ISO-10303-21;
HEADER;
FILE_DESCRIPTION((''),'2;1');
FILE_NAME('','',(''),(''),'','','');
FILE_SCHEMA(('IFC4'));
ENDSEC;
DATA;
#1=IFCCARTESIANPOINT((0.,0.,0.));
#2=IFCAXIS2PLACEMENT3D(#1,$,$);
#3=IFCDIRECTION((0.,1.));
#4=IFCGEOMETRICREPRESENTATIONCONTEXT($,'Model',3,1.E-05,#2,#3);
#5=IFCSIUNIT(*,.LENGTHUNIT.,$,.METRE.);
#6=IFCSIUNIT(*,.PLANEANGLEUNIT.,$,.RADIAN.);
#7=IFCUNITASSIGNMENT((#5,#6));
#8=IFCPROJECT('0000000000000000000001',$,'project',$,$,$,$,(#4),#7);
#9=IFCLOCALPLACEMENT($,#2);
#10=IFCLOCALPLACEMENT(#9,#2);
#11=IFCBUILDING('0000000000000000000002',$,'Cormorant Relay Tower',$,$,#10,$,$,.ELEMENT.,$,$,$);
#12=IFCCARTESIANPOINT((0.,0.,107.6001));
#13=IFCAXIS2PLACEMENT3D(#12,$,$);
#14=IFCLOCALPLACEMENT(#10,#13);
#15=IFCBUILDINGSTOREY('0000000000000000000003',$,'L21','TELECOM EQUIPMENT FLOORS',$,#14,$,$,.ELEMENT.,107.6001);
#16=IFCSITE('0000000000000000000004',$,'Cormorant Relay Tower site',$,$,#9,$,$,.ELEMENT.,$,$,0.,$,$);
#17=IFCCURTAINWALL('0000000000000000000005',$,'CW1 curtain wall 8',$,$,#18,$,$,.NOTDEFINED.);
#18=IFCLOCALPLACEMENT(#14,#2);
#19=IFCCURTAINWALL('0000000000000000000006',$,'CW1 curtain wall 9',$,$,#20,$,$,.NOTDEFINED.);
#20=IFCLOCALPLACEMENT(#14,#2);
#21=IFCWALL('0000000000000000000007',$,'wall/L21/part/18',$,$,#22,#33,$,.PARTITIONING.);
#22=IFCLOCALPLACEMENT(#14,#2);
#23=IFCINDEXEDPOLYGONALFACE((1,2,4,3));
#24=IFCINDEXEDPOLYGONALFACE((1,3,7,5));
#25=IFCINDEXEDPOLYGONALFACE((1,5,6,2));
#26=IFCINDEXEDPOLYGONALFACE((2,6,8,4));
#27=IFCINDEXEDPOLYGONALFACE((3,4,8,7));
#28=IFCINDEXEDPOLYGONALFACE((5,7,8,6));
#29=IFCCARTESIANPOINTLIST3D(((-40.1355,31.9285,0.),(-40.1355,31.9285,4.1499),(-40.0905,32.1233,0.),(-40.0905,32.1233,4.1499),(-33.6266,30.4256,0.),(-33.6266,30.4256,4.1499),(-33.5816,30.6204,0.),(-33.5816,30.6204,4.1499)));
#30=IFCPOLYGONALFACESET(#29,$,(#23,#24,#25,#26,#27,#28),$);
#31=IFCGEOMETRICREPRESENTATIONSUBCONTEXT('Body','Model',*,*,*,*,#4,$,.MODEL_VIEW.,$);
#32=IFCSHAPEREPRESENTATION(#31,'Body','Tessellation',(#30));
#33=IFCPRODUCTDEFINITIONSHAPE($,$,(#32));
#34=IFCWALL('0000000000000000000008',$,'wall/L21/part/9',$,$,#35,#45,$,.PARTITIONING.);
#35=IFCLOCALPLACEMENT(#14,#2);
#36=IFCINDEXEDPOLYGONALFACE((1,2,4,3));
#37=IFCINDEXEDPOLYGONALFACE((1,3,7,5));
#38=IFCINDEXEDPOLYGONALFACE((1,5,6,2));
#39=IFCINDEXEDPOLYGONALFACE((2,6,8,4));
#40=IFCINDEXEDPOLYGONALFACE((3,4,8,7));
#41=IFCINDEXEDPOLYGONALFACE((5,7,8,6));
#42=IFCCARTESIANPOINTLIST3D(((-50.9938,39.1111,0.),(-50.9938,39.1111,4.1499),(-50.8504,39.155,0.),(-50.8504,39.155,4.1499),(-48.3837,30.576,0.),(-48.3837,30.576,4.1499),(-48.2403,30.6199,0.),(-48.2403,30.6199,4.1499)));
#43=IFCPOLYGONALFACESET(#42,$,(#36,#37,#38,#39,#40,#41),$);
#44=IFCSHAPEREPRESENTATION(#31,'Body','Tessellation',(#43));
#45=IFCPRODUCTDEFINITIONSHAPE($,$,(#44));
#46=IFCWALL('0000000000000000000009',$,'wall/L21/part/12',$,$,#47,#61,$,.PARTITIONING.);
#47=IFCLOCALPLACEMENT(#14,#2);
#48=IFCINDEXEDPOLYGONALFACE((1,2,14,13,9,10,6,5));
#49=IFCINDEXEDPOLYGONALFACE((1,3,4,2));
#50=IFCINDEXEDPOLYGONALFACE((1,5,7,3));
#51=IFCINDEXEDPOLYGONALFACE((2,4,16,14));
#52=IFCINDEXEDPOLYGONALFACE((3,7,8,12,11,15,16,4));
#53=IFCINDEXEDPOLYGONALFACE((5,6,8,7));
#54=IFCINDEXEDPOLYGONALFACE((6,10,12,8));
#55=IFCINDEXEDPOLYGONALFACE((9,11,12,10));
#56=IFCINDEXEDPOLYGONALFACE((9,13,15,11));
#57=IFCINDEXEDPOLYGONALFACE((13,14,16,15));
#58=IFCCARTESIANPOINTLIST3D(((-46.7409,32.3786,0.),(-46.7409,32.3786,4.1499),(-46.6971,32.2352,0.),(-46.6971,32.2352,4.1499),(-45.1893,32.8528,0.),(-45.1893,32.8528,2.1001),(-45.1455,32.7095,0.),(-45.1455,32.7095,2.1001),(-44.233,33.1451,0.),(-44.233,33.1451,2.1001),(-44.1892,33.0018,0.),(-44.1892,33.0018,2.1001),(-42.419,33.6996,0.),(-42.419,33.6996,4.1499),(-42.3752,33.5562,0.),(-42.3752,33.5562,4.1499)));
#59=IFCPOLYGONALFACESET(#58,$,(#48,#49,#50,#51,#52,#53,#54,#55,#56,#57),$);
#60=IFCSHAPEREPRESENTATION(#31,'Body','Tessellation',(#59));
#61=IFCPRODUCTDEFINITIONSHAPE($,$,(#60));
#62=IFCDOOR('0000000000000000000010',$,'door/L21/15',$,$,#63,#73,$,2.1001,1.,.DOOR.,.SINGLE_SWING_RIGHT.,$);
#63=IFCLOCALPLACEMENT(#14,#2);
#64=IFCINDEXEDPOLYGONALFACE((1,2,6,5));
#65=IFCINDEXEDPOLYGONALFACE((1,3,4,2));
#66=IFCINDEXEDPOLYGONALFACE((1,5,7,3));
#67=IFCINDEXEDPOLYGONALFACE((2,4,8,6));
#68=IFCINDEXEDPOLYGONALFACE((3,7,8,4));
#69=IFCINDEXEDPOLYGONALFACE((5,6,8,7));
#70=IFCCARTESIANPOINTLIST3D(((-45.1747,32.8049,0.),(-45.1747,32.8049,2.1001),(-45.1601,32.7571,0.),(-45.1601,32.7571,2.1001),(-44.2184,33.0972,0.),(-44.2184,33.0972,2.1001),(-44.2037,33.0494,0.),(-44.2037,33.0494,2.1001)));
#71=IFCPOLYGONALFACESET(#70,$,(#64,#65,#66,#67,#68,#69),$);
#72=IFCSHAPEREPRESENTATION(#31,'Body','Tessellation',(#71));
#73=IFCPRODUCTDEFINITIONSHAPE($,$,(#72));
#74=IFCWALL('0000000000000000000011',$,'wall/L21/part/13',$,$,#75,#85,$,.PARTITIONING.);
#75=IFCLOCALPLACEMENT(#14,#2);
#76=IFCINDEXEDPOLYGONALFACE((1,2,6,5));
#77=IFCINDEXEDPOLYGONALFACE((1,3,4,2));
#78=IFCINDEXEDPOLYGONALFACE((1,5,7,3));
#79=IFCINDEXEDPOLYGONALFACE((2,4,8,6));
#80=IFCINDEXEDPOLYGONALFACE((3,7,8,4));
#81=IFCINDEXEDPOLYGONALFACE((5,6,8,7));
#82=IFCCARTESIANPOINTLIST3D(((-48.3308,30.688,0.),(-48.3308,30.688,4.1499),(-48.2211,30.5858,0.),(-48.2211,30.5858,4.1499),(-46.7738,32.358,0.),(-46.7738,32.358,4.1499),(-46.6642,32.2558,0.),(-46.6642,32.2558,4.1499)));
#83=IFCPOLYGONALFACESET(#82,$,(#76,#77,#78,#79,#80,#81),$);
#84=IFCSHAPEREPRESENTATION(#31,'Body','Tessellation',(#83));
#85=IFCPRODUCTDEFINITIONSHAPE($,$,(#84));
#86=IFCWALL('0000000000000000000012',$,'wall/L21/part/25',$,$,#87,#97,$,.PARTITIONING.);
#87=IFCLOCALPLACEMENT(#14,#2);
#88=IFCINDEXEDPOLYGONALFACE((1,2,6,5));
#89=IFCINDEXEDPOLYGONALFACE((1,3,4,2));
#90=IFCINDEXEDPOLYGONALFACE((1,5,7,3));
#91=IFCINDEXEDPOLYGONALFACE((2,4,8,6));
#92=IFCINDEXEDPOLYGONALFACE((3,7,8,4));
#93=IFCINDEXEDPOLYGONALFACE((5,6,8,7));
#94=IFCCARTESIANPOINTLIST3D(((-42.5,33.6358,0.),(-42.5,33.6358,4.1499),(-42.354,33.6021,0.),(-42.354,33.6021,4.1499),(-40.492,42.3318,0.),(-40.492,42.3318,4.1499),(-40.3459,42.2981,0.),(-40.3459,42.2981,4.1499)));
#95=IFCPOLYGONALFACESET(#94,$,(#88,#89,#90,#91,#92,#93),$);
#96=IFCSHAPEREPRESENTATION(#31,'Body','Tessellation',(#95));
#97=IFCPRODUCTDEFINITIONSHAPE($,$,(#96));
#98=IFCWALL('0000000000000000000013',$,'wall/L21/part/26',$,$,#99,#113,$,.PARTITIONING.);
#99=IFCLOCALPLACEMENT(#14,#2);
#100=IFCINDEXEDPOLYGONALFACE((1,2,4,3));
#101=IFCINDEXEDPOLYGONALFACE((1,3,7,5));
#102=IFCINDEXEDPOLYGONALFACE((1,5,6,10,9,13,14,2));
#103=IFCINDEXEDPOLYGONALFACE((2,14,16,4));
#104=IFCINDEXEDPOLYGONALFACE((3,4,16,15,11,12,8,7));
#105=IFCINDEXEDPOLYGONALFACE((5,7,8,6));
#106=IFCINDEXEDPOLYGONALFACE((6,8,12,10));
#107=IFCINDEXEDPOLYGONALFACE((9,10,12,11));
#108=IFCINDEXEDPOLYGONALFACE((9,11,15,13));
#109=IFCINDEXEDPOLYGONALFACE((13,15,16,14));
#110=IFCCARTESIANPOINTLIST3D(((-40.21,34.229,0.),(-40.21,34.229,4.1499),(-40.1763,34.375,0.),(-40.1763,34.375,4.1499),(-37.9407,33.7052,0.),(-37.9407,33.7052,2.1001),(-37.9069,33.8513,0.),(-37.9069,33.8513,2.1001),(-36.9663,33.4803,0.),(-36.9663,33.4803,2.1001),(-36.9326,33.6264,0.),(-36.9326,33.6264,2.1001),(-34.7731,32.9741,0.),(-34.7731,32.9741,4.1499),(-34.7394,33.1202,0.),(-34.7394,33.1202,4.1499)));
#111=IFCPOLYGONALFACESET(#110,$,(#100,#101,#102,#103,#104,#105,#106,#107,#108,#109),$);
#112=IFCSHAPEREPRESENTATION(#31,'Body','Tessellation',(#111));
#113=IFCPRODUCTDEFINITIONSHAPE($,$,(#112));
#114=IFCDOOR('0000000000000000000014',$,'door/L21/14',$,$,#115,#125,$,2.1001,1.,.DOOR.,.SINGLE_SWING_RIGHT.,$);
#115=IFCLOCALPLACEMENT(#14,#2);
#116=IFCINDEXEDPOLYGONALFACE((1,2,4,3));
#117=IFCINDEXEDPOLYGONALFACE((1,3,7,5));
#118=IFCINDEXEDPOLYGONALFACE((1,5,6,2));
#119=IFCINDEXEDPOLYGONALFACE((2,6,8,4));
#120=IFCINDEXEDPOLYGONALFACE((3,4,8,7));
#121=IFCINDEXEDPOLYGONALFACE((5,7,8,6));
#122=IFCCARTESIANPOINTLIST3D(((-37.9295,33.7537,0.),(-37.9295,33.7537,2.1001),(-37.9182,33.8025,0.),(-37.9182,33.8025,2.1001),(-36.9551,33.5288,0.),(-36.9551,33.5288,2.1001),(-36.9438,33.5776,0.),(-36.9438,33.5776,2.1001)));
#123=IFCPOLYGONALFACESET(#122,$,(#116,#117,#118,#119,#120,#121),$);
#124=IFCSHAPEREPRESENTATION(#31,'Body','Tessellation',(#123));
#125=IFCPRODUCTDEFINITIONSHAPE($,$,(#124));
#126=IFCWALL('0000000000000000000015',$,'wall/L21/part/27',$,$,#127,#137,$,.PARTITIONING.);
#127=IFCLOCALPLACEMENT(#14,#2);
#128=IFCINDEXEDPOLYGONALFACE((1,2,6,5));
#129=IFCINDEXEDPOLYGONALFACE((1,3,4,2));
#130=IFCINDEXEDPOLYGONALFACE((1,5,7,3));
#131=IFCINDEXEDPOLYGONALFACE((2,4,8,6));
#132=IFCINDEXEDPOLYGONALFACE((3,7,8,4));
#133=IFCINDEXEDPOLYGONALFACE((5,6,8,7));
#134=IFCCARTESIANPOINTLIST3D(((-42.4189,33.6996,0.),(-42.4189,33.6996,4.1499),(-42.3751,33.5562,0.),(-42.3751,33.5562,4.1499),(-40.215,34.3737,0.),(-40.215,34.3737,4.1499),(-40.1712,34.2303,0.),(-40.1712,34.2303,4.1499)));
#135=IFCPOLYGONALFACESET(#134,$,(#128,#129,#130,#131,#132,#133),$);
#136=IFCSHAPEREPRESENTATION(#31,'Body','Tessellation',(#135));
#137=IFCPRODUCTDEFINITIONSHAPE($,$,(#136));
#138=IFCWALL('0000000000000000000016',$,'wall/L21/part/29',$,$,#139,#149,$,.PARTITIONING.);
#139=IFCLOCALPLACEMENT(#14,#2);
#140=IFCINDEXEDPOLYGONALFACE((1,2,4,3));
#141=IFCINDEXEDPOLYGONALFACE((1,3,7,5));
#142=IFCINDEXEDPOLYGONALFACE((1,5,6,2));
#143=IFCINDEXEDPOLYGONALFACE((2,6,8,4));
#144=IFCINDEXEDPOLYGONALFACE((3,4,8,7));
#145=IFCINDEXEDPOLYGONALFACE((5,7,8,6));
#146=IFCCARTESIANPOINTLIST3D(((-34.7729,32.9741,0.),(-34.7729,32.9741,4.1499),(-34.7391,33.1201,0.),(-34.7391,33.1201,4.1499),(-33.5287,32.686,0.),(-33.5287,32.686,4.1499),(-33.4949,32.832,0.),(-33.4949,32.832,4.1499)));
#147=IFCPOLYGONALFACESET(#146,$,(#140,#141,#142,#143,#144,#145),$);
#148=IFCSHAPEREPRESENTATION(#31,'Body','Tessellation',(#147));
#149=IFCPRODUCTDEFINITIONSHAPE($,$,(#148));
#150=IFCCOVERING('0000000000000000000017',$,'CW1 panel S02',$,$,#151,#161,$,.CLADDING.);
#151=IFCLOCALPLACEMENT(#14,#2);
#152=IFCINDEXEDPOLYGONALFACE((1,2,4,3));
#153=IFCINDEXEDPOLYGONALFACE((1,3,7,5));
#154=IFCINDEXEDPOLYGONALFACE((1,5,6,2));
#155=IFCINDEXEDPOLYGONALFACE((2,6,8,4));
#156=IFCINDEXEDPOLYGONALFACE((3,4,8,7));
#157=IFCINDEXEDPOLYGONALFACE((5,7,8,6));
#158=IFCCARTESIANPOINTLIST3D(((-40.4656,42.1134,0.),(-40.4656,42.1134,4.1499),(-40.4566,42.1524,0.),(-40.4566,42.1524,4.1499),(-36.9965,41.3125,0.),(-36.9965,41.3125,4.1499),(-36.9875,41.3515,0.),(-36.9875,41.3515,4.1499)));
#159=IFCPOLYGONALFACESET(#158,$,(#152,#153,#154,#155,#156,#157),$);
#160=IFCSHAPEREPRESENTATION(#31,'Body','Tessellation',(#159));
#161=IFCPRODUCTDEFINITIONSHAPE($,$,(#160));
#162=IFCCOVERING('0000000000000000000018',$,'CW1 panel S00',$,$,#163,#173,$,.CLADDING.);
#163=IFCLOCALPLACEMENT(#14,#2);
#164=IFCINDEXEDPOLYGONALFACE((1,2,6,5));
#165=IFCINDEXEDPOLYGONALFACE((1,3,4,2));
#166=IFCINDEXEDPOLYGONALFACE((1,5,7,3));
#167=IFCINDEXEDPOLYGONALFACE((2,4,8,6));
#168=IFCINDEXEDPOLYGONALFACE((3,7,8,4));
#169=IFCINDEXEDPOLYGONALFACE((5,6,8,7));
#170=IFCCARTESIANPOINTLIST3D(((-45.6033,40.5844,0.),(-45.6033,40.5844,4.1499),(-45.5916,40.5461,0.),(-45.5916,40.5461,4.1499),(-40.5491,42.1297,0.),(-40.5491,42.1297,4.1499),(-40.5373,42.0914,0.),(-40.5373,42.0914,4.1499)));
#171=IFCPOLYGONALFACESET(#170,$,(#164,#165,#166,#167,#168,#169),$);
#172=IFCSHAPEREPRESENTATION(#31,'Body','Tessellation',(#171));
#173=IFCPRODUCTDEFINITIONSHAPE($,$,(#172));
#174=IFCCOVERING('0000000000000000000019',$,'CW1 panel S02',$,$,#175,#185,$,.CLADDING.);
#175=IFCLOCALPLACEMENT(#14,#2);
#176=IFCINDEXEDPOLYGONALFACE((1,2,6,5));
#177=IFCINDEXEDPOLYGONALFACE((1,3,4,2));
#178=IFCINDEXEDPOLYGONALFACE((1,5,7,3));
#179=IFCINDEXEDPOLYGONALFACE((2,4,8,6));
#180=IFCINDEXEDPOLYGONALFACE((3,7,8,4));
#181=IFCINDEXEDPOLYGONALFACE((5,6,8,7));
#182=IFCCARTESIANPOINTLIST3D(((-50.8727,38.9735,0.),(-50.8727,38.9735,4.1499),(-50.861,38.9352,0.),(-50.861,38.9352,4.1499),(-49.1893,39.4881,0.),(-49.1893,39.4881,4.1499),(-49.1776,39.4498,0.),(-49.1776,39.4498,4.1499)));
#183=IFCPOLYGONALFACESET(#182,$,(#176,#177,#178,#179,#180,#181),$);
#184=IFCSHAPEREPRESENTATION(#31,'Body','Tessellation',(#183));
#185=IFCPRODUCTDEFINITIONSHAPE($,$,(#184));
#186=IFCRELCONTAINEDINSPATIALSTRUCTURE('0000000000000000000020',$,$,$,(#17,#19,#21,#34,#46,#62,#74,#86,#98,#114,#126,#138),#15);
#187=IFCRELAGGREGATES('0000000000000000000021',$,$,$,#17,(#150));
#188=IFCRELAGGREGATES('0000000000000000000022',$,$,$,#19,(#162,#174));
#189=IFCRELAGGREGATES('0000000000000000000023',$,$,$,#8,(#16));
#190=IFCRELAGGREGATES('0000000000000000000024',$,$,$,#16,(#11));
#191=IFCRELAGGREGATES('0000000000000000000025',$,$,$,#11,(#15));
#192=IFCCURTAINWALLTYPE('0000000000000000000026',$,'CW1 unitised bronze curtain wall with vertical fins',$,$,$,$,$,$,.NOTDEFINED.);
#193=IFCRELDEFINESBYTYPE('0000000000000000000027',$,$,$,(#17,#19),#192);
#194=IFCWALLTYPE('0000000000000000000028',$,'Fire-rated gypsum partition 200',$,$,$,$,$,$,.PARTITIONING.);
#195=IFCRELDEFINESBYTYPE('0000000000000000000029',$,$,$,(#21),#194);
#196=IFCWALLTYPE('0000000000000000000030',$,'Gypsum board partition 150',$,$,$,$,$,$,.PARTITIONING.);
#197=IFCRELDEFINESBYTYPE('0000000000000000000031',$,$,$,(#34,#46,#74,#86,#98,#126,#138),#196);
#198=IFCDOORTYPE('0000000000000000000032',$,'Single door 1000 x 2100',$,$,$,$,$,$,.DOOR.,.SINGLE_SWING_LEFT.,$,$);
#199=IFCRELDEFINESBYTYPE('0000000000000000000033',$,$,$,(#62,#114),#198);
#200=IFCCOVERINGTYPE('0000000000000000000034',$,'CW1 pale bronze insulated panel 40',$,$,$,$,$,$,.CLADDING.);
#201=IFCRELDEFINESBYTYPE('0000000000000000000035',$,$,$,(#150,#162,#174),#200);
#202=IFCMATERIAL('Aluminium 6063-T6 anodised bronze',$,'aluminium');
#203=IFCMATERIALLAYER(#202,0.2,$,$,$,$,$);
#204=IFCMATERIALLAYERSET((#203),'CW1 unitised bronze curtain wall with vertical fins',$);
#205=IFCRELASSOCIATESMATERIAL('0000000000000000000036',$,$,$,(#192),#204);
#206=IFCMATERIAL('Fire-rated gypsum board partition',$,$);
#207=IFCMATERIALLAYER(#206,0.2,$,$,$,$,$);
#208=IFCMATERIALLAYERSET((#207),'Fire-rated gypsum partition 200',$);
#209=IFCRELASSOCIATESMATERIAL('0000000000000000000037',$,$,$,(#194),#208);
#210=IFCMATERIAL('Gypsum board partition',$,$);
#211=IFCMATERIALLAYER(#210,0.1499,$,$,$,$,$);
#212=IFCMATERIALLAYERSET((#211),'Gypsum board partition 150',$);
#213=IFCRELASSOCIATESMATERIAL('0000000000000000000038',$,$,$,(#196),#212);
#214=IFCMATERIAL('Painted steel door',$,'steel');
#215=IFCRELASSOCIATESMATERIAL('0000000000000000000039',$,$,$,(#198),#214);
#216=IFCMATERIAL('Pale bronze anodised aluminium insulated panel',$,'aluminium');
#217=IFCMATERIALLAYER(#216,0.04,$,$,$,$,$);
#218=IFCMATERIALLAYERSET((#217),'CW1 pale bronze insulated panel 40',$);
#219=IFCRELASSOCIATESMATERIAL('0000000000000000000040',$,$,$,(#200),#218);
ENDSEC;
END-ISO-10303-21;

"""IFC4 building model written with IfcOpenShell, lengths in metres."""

from ifc_helpers import new_model, si_unit, direction, frame, frame_2d, origin, origin_2d, place, context, subcontext, project, spatial, rectangle, extrude, material, layer, layer_set, type_object, element, fill, aggregate, save


model = new_model("IFC4")

# Units and contexts
model_context = context("Model", 3, precision=1e-05, world=origin(), true_north=direction((0.0, 1.0)))
body_context = subcontext(model_context, "Body", "Model", "MODEL_VIEW")
ifc_project = project(units=[si_unit("LENGTHUNIT", "METRE"), si_unit("PLANEANGLEUNIT", "RADIAN")], contexts=[model_context])

# Site, building, storey
site_placement = place(None, origin())
site = spatial("IfcSite", under=ifc_project, at=site_placement, Name="Cormorant Relay Tower site", CompositionType="ELEMENT", RefElevation=0.0)
building_placement = place(site_placement, origin())
building = spatial("IfcBuilding", under=site, at=building_placement, Name="Cormorant Relay Tower", CompositionType="ELEMENT")
storey_placement = place(building_placement, frame((0.0, 0.0, 107.6001)))
storey = spatial("IfcBuildingStorey", under=building, at=storey_placement, Name="L21", Description="TELECOM EQUIPMENT FLOORS", CompositionType="ELEMENT", Elevation=107.6001)

# Curtain wall
ifc_material_1 = material(Name="Aluminium 6063-T6 anodised bronze", Category="aluminium")
ifc_layer_1 = layer(ifc_material_1, 0.2)
ifc_layer_set_1 = layer_set([ifc_layer_1], Name="CW1 unitised bronze curtain wall with vertical fins")
curtain_wall_type = type_object("IfcCurtainWallType", Name="CW1 unitised bronze curtain wall with vertical fins", PredefinedType="NOTDEFINED", material=ifc_layer_set_1)
curtain_wall_1_placement = place(storey_placement, origin())
curtain_wall_1 = element("IfcCurtainWall", 1, at=curtain_wall_1_placement, inside=storey, type_object=curtain_wall_type, Name="CW1 curtain wall 8", PredefinedType="NOTDEFINED")

# Curtain wall
curtain_wall_2_placement = place(storey_placement, origin())
curtain_wall_2 = element("IfcCurtainWall", 2, at=curtain_wall_2_placement, inside=storey, type_object=curtain_wall_type, Name="CW1 curtain wall 9", PredefinedType="NOTDEFINED")

# Walls
ifc_material_2 = material(Name="Fire-rated gypsum board partition")
ifc_layer_2 = layer(ifc_material_2, 0.2)
ifc_layer_set_2 = layer_set([ifc_layer_2], Name="Fire-rated gypsum partition 200")
wall_type_1 = type_object("IfcWallType", Name="Fire-rated gypsum partition 200", PredefinedType="PARTITIONING", material=ifc_layer_set_2)
wall_1_placement = place(storey_placement, frame((-40.113, 32.0259, 0.0), z_axis=(0.0, 0.0, 1.0), x_axis=(0.974363, -0.22498, 0.0)))
element("IfcWall", 3, at=wall_1_placement, inside=storey, type_object=wall_type_1, Name="wall/L21/part/18", PredefinedType="PARTITIONING", context=body_context, shape_type="SweptSolid", body=[
    extrude(rectangle(XDim=6.6802, YDim=0.2, at=frame_2d((3.3401, 0.0))), origin(), (0.0, 0.0, 1.0), 4.1499),
])
ifc_material_3 = material(Name="Gypsum board partition")
ifc_layer_3 = layer(ifc_material_3, 0.1499)
ifc_layer_set_3 = layer_set([ifc_layer_3], Name="Gypsum board partition 150")
wall_type_2 = type_object("IfcWallType", Name="Gypsum board partition 150", PredefinedType="PARTITIONING", material=ifc_layer_set_3)
wall_2_placement = place(storey_placement, frame((-50.9221, 39.1331, 0.0), z_axis=(0.0, 0.0, 1.0), x_axis=(0.292438, -0.956284, 0.0)))
element("IfcWall", 4, at=wall_2_placement, inside=storey, type_object=wall_type_2, Name="wall/L21/part/9", PredefinedType="PARTITIONING", context=body_context, shape_type="SweptSolid", body=[
    extrude(rectangle(XDim=8.9253, YDim=0.1499, at=frame_2d((4.4626, 0.0))), origin(), (0.0, 0.0, 1.0), 4.1499),
])

# Wall, opening, door
wall_3_placement = place(storey_placement, frame((-42.397, 33.6279, 0.0), z_axis=(0.0, 0.0, 1.0), x_axis=(-0.956325, -0.292305, 0.0)))
wall_3 = element("IfcWall", 5, at=wall_3_placement, inside=storey, type_object=wall_type_2, Name="wall/L21/part/12", PredefinedType="PARTITIONING", context=body_context, shape_type="SweptSolid", body=[
    extrude(rectangle(XDim=4.5193, YDim=0.1499, at=frame_2d((2.2598, 0.0))), origin(), (0.0, 0.0, 1.0), 4.1499),
])
opening_1_placement = place(wall_3_placement, frame((1.897, 0.0, 0.0)))
opening_1 = element("IfcOpeningElement", 6, at=opening_1_placement, cuts=wall_3, PredefinedType="OPENING", context=body_context, shape_type="SweptSolid", body=[
    extrude(rectangle(XDim=1.0, YDim=2.1001, at=frame_2d((0.5, 1.05))), frame((0.0, 0.085, 0.0), z_axis=(0.0, -1.0, 0.0), x_axis=(1.0, 0.0, 0.0)), (0.0, 0.0, 1.0), 0.1699),
])
ifc_material_4 = material(Name="Painted steel door", Category="steel")
door_type = type_object("IfcDoorType", Name="Single door 1000 x 2100", OperationType="SINGLE_SWING_LEFT", PredefinedType="DOOR", material=ifc_material_4)
door_1_placement = place(opening_1_placement, frame((1.0, 0.0, 0.0), z_axis=(0.0, 0.0, 1.0), x_axis=(-1.0, 0.0, 0.0)))
door_1 = element("IfcDoor", 7, at=door_1_placement, inside=storey, type_object=door_type, Name="door/L21/15", OperationType="SINGLE_SWING_RIGHT", OverallHeight=2.1001, OverallWidth=1.0, PredefinedType="DOOR", context=body_context, shape_type="SweptSolid", body=[
    extrude(rectangle(XDim=1.0, YDim=2.1001, at=frame_2d((0.5, 1.05))), frame((0.0, 0.0249, 0.0), z_axis=(0.0, -1.0, 0.0), x_axis=(1.0, 0.0, 0.0)), (0.0, 0.0, 1.0), 0.05),
])
fill(opening_1, door_1)

# Walls
wall_4_placement = place(storey_placement, frame((-46.719, 32.3069, 0.0), z_axis=(0.0, 0.0, 1.0), x_axis=(-0.681918, -0.731429, 0.0)))
element("IfcWall", 8, at=wall_4_placement, inside=storey, type_object=wall_type_2, Name="wall/L21/part/13", PredefinedType="PARTITIONING", context=body_context, shape_type="SweptSolid", body=[
    extrude(rectangle(XDim=2.2832, YDim=0.1499, at=frame_2d((1.1416, 0.0))), origin(), (0.0, 0.0, 1.0), 4.1499),
])
wall_5_placement = place(storey_placement, frame((-40.4189, 42.3149, 0.0), z_axis=(0.0, 0.0, 1.0), x_axis=(-0.224995, -0.97436, 0.0)))
element("IfcWall", 9, at=wall_5_placement, inside=storey, type_object=wall_type_2, Name="wall/L21/part/25", PredefinedType="PARTITIONING", context=body_context, shape_type="SweptSolid", body=[
    extrude(rectangle(XDim=8.9248, YDim=0.1499, at=frame_2d((4.4624, 0.0))), origin(), (0.0, 0.0, 1.0), 4.1499),
])

# Wall, opening, door
wall_6_placement = place(storey_placement, frame((-34.7561, 33.0471, 0.0), z_axis=(0.0, 0.0, 1.0), x_axis=(-0.974384, 0.224891, 0.0)))
wall_6 = element("IfcWall", 10, at=wall_6_placement, inside=storey, type_object=wall_type_2, Name="wall/L21/part/26", PredefinedType="PARTITIONING", context=body_context, shape_type="SweptSolid", body=[
    extrude(rectangle(XDim=5.5798, YDim=0.1499, at=frame_2d((2.79, 0.0))), origin(), (0.0, 0.0, 1.0), 4.1499),
])
opening_2_placement = place(wall_6_placement, frame((2.251, 0.0, 0.0)))
opening_2 = element("IfcOpeningElement", 11, at=opening_2_placement, cuts=wall_6, PredefinedType="OPENING", context=body_context, shape_type="SweptSolid", body=[
    extrude(rectangle(XDim=1.0, YDim=2.1001, at=frame_2d((0.5, 1.05))), frame((0.0, 0.085, 0.0), z_axis=(0.0, -1.0, 0.0), x_axis=(1.0, 0.0, 0.0)), (0.0, 0.0, 1.0), 0.1699),
])
door_2_placement = place(opening_2_placement, frame((1.0, 0.0, 0.0), z_axis=(0.0, 0.0, 1.0), x_axis=(-1.0, 0.0, 0.0)))
door_2 = element("IfcDoor", 12, at=door_2_placement, inside=storey, type_object=door_type, Name="door/L21/14", OperationType="SINGLE_SWING_RIGHT", OverallHeight=2.1001, OverallWidth=1.0, PredefinedType="DOOR", context=body_context, shape_type="SweptSolid", body=[
    extrude(rectangle(XDim=1.0, YDim=2.1001, at=frame_2d((0.5, 1.05))), frame((0.0, 0.0249, 0.0), z_axis=(0.0, -1.0, 0.0), x_axis=(1.0, 0.0, 0.0)), (0.0, 0.0, 1.0), 0.05),
])
fill(opening_2, door_2)

# Walls
wall_7_placement = place(storey_placement, frame((-40.1931, 34.302, 0.0), z_axis=(0.0, 0.0, 1.0), x_axis=(-0.95627, -0.292485, 0.0)))
element("IfcWall", 13, at=wall_7_placement, inside=storey, type_object=wall_type_2, Name="wall/L21/part/27", PredefinedType="PARTITIONING", context=body_context, shape_type="SweptSolid", body=[
    extrude(rectangle(XDim=2.3047, YDim=0.1499, at=frame_2d((1.1523, 0.0))), origin(), (0.0, 0.0, 1.0), 4.1499),
])
wall_8_placement = place(storey_placement, frame((-34.7561, 33.0471, 0.0), z_axis=(0.0, 0.0, 1.0), x_axis=(0.974223, -0.225585, 0.0)))
element("IfcWall", 14, at=wall_8_placement, inside=storey, type_object=wall_type_2, Name="wall/L21/part/29", PredefinedType="PARTITIONING", context=body_context, shape_type="SweptSolid", body=[
    extrude(rectangle(XDim=1.2771, YDim=0.1499, at=frame_2d((0.6387, 0.0))), origin(), (0.0, 0.0, 1.0), 4.1499),
])

# Coverings
ifc_material_5 = material(Name="Pale bronze anodised aluminium insulated panel", Category="aluminium")
ifc_layer_4 = layer(ifc_material_5, 0.04)
ifc_layer_set_4 = layer_set([ifc_layer_4], Name="CW1 pale bronze insulated panel 40")
covering_type = type_object("IfcCoveringType", Name="CW1 pale bronze insulated panel 40", PredefinedType="CLADDING", material=ifc_layer_set_4)
covering_1_placement = place(storey_placement, frame((-38.7266, 41.7324, 0.0), z_axis=(0.0, 0.0, 1.0), x_axis=(-0.97437, 0.224951, 0.0)))
covering_1 = element("IfcCovering", 15, at=covering_1_placement, type_object=covering_type, Name="CW1 panel S02", PredefinedType="CLADDING", context=body_context, shape_type="SweptSolid", body=[
    extrude(rectangle(XDim=3.5603, YDim=0.04, at=origin_2d()), origin(), (0.0, 0.0, 1.0), 4.1499),
])
aggregate(curtain_wall_1, [covering_1])
covering_2_placement = place(storey_placement, frame((-43.0703, 41.3379, 0.0), z_axis=(0.0, 0.0, 1.0), x_axis=(-0.956305, -0.292372, 0.0)))
covering_2 = element("IfcCovering", 16, at=covering_2_placement, type_object=covering_type, Name="CW1 panel S00", PredefinedType="CLADDING", context=body_context, shape_type="SweptSolid", body=[
    extrude(rectangle(XDim=5.2852, YDim=0.04, at=origin_2d()), origin(), (0.0, 0.0, 1.0), 4.1499),
])
covering_3_placement = place(storey_placement, frame((-50.0251, 39.2117, 0.0), z_axis=(0.0, 0.0, 1.0), x_axis=(-0.956305, -0.292372, 0.0)))
covering_3 = element("IfcCovering", 17, at=covering_3_placement, type_object=covering_type, Name="CW1 panel S02", PredefinedType="CLADDING", context=body_context, shape_type="SweptSolid", body=[
    extrude(rectangle(XDim=1.7603, YDim=0.04, at=origin_2d()), origin(), (0.0, 0.0, 1.0), 4.1499),
])
aggregate(curtain_wall_2, [covering_2, covering_3])

save(model, "model.ifc")
